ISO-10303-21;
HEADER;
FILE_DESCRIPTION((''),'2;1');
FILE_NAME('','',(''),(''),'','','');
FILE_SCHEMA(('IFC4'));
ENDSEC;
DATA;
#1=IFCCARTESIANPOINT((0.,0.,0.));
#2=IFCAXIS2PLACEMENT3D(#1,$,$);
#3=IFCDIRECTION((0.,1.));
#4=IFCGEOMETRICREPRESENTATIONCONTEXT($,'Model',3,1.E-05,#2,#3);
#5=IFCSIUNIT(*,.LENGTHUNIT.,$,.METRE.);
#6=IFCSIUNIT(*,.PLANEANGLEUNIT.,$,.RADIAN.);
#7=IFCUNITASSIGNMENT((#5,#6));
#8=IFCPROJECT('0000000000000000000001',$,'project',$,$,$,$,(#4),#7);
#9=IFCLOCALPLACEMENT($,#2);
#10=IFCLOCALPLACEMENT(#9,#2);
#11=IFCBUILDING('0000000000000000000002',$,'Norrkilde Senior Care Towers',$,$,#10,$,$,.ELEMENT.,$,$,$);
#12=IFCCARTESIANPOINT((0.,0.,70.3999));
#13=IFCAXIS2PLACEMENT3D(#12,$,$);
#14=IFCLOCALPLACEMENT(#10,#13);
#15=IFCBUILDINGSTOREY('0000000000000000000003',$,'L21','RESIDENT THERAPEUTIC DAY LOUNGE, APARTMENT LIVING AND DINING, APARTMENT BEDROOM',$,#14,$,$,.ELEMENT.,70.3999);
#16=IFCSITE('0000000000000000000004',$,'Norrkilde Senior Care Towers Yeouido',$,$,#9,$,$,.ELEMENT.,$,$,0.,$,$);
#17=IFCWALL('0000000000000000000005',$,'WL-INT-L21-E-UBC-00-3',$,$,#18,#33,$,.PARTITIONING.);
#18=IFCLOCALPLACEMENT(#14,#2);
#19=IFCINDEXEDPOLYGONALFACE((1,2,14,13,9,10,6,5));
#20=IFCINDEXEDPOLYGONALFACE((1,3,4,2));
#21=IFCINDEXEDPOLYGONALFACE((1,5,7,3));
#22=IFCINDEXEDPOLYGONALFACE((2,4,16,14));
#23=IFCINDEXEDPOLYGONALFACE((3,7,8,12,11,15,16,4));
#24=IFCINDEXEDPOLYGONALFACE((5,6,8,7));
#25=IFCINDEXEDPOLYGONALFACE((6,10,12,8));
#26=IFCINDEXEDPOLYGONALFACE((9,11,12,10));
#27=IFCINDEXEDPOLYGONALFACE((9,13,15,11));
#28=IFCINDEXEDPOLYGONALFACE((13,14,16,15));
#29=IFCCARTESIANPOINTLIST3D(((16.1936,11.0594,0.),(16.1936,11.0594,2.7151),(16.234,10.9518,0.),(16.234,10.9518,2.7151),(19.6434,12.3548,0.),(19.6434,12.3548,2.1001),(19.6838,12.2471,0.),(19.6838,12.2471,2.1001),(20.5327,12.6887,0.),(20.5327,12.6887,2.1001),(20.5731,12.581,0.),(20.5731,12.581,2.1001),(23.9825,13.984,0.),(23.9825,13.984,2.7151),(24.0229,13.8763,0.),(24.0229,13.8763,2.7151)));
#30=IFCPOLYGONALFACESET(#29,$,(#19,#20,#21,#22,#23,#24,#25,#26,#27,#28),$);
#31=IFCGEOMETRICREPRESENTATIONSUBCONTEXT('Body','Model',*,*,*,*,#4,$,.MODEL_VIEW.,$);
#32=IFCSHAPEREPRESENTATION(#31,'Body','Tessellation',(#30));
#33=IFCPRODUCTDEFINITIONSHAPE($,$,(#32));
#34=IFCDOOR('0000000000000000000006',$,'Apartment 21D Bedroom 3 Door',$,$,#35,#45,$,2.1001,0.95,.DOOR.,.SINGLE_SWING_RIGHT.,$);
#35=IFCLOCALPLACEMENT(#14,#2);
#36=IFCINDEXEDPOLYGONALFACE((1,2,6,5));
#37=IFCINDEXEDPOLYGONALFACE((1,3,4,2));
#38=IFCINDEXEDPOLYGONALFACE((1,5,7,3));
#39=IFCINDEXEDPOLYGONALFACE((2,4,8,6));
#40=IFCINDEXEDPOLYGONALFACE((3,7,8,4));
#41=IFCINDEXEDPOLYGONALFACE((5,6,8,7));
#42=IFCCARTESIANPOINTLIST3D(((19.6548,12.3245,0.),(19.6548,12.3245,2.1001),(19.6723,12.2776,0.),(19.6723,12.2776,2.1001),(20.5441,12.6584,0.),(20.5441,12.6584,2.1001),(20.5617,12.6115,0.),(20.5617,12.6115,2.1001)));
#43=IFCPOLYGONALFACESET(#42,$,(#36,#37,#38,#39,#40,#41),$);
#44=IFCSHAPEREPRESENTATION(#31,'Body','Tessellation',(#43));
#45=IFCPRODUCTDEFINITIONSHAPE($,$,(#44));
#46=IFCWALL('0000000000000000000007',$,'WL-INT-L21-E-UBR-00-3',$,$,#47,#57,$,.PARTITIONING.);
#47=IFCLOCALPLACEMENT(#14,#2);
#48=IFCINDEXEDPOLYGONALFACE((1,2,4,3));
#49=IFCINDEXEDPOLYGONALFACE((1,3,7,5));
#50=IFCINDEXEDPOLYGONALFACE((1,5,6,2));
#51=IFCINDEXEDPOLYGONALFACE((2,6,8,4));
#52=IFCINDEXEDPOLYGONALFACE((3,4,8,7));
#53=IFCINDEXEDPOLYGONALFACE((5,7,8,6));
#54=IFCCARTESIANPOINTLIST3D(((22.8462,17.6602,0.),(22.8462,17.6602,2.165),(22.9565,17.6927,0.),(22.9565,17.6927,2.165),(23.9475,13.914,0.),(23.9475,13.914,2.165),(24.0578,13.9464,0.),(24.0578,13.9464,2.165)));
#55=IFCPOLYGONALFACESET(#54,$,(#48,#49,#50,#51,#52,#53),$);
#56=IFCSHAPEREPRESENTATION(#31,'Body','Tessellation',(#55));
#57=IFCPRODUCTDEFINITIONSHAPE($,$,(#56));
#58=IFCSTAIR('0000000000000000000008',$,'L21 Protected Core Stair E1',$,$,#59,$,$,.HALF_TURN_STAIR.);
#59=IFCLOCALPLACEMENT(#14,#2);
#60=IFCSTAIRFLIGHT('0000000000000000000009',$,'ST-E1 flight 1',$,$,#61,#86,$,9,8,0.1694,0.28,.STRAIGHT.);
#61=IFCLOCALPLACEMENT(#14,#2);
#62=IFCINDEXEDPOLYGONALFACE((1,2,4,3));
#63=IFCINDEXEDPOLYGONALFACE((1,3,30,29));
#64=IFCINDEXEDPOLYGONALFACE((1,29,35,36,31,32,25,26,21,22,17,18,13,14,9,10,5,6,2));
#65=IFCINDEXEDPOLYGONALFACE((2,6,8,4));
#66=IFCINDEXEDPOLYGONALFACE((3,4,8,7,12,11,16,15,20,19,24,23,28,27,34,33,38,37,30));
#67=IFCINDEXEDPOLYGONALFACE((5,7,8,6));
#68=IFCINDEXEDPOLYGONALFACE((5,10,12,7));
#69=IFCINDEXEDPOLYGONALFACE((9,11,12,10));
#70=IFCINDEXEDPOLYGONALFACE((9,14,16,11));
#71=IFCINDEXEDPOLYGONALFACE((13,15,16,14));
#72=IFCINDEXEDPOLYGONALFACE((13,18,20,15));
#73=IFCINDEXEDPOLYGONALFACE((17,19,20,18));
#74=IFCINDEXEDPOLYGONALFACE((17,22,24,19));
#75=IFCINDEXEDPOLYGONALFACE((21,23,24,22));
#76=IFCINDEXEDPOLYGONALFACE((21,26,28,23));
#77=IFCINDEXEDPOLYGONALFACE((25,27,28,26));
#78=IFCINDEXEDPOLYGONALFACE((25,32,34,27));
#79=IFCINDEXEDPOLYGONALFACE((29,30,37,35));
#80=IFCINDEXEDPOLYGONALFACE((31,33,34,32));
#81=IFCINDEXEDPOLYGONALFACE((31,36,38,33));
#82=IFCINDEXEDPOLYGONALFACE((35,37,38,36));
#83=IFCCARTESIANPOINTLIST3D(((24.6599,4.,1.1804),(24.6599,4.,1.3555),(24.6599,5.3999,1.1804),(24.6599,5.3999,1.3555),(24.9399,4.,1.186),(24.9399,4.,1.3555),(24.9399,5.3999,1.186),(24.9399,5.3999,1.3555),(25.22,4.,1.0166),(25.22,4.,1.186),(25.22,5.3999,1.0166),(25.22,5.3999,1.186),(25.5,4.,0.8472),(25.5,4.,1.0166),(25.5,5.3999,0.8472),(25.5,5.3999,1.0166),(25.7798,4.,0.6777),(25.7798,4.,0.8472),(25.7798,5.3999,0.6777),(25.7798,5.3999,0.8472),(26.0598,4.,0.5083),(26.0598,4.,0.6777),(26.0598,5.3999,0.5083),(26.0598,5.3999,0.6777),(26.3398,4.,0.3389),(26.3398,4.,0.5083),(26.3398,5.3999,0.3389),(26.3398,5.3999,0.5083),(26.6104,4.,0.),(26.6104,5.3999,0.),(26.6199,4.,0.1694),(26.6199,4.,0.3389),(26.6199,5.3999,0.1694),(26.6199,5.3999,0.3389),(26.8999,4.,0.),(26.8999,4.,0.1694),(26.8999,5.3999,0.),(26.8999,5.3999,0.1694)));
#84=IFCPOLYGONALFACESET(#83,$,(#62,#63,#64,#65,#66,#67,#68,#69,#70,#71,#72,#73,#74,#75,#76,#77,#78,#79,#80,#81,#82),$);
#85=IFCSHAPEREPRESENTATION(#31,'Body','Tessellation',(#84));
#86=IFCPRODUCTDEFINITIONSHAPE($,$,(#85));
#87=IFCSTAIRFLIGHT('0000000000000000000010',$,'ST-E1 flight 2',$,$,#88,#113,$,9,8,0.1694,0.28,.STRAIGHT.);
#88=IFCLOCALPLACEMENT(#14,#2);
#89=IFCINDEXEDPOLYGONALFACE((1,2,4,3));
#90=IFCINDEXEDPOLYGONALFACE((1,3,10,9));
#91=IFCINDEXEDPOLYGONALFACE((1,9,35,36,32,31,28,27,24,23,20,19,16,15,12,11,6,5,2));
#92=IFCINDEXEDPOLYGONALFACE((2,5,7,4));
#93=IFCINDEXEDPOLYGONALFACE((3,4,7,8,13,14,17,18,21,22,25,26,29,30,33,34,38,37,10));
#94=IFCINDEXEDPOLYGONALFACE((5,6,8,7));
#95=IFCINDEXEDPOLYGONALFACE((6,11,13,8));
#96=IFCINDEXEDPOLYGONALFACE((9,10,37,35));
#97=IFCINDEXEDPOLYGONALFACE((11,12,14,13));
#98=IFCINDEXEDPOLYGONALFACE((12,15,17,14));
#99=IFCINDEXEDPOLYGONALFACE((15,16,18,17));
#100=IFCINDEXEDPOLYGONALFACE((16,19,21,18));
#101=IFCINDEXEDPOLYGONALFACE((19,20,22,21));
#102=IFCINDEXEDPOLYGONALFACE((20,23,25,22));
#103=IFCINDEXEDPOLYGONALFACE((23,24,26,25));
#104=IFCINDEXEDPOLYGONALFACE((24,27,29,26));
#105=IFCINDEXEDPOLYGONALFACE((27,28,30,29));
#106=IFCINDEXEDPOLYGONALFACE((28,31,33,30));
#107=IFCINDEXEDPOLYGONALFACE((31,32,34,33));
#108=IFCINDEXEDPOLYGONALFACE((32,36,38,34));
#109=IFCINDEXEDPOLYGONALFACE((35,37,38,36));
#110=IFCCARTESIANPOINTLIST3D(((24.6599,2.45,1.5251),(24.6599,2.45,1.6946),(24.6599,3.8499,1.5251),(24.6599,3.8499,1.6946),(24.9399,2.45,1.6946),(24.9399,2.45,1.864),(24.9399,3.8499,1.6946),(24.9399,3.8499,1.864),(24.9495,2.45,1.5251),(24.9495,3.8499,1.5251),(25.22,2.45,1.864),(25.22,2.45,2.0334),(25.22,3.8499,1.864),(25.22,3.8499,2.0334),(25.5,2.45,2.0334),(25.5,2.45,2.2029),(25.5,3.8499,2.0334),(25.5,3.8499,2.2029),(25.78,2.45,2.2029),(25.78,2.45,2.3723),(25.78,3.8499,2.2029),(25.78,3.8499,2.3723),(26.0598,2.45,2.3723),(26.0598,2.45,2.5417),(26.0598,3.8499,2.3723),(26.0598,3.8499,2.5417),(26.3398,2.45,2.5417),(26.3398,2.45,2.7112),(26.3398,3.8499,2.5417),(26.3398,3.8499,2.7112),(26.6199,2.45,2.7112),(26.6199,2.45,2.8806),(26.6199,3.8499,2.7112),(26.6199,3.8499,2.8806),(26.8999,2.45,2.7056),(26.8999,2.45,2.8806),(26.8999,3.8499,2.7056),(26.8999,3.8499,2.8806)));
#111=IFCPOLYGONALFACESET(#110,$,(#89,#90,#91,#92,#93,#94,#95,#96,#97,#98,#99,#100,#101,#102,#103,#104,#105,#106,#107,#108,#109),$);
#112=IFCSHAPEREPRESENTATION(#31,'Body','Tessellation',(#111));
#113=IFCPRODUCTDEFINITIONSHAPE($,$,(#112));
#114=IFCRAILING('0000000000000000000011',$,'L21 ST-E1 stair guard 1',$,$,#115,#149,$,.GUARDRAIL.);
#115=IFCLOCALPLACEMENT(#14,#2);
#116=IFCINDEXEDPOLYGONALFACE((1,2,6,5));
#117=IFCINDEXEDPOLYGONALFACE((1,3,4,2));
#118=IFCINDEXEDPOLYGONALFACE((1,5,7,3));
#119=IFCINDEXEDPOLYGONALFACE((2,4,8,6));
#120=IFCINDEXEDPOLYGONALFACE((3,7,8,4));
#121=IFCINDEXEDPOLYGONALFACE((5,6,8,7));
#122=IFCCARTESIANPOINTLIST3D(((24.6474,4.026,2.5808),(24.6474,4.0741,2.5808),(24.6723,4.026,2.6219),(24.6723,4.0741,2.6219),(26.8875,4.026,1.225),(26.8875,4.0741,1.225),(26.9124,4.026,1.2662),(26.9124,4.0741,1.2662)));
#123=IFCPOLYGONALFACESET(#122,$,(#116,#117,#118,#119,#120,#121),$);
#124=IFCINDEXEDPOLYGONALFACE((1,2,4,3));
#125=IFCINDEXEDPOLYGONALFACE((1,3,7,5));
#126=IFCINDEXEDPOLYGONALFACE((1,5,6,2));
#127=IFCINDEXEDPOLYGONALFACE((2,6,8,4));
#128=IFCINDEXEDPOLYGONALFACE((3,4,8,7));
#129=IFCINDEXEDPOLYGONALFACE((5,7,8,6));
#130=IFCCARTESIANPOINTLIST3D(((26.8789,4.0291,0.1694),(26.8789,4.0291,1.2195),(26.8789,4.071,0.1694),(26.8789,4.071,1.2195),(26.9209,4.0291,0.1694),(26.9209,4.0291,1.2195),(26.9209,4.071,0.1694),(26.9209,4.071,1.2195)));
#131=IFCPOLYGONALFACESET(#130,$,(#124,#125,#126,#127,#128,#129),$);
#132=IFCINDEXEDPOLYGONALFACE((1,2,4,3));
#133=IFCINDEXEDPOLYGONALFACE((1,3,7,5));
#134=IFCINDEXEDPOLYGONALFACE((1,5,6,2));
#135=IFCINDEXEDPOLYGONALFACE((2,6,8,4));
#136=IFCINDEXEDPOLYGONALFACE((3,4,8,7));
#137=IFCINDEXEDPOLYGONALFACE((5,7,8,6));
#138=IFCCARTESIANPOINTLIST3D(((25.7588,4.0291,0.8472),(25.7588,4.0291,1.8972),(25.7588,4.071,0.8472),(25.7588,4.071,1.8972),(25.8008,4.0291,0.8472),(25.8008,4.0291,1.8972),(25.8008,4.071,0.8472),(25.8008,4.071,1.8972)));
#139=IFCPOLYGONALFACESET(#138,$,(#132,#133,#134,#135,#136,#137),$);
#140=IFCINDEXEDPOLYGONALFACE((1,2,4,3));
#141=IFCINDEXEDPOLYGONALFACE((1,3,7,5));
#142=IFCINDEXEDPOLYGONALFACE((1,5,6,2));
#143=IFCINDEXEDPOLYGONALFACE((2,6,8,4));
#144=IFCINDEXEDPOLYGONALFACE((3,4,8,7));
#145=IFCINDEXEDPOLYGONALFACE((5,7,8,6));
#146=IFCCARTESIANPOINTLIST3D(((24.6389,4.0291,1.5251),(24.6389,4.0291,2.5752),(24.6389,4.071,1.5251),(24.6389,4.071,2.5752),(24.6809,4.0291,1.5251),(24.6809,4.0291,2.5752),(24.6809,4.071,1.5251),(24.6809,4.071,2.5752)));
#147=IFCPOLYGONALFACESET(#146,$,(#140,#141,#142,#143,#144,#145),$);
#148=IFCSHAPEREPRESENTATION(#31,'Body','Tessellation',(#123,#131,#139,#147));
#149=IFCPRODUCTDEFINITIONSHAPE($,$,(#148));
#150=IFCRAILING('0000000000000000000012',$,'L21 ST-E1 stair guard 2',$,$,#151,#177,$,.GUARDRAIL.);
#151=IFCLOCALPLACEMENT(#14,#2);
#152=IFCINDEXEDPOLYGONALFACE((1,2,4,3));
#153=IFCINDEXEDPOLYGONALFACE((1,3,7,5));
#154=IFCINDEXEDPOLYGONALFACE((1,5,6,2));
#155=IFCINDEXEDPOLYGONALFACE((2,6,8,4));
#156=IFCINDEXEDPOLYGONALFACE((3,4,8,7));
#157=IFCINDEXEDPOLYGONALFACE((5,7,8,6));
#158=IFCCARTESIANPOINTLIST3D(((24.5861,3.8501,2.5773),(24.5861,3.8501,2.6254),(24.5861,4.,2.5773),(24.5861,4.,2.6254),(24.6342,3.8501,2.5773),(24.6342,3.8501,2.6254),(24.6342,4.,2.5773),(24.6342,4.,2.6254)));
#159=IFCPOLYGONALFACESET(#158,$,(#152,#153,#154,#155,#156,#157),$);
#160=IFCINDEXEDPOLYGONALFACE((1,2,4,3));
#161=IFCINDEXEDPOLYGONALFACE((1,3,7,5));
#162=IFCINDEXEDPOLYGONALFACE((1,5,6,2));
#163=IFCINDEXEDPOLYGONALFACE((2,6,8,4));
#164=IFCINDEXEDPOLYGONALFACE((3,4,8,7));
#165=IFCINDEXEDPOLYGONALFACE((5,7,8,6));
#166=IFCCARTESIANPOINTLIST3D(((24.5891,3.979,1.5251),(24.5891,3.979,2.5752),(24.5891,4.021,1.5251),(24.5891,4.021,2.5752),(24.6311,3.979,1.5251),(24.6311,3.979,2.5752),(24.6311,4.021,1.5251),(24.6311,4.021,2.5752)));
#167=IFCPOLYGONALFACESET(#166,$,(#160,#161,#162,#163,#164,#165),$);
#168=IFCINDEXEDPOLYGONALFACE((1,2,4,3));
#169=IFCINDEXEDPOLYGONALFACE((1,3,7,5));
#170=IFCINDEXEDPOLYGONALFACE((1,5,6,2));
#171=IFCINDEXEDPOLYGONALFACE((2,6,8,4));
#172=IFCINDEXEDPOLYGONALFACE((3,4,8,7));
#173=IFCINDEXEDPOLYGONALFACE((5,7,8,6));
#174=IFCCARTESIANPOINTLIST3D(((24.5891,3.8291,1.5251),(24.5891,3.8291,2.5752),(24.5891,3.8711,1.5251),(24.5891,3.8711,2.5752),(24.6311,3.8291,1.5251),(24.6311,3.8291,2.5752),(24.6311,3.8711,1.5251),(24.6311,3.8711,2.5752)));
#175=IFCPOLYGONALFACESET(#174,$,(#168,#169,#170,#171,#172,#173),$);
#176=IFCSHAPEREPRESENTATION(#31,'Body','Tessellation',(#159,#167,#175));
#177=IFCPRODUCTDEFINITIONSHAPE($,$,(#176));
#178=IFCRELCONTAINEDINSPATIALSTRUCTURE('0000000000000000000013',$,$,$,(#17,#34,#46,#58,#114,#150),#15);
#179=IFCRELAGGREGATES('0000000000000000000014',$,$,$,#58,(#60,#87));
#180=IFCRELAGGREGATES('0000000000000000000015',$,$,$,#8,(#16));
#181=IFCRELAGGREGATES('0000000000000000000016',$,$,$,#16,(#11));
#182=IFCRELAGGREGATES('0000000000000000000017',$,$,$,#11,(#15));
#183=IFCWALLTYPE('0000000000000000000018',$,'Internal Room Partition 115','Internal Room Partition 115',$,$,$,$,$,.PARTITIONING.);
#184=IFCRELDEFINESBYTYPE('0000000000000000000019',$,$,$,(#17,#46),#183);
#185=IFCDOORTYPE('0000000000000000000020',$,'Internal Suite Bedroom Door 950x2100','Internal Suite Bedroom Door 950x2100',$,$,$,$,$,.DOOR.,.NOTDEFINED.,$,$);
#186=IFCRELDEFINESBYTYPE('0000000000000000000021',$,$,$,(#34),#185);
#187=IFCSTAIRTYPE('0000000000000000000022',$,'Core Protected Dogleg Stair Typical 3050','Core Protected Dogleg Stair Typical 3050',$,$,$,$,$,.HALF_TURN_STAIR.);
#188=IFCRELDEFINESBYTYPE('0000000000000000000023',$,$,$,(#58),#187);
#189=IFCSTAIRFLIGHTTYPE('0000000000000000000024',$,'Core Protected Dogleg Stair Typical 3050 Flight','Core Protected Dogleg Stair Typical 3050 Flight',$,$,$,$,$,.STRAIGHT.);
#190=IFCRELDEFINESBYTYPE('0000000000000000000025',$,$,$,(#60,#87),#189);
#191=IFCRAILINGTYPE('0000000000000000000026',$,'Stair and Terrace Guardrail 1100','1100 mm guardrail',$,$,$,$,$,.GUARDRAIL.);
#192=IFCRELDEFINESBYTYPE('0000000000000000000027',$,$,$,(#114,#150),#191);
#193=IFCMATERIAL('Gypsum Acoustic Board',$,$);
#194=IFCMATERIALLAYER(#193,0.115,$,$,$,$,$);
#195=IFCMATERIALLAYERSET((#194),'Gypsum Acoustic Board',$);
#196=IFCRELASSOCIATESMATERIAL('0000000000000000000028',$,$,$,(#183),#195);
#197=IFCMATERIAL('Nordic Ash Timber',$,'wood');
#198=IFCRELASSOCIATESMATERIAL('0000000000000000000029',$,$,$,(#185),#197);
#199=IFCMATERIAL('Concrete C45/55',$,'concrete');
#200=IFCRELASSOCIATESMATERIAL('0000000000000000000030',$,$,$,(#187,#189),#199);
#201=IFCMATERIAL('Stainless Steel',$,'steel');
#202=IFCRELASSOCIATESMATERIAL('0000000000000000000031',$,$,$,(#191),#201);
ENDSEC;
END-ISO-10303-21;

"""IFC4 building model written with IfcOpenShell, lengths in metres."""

from ifc_helpers import new_model, si_unit, direction, frame, frame_2d, origin, origin_2d, place, context, subcontext, project, spatial, polyline, rectangle, outline, extrude, source, transform, mapped, material, layer, layer_set, type_object, type_shapes, element, fill, aggregate, save


model = new_model("IFC4")

# Units and contexts
model_context = context("Model", 3, precision=1e-05, world=origin(), true_north=direction((0.0, 1.0)))
body_context = subcontext(model_context, "Body", "Model", "MODEL_VIEW")
ifc_project = project(units=[si_unit("LENGTHUNIT", "METRE"), si_unit("PLANEANGLEUNIT", "RADIAN")], contexts=[model_context])

# Site, building, storey
site_placement = place(None, origin())
site = spatial("IfcSite", under=ifc_project, at=site_placement, Name="Norrkilde Senior Care Towers Yeouido", CompositionType="ELEMENT", RefElevation=0.0)
building_placement = place(site_placement, origin())
building = spatial("IfcBuilding", under=site, at=building_placement, Name="Norrkilde Senior Care Towers", CompositionType="ELEMENT")
storey_placement = place(building_placement, frame((0.0, 0.0, 70.3999)))
storey = spatial("IfcBuildingStorey", under=building, at=storey_placement, Name="L21", Description="RESIDENT THERAPEUTIC DAY LOUNGE, APARTMENT LIVING AND DINING, APARTMENT BEDROOM", CompositionType="ELEMENT", Elevation=70.3999)

# Shared definitions
ifc_material_1 = material(Name="Concrete C45/55", Category="concrete")

# Shared definitions
ifc_material_2 = material(Name="Stainless Steel", Category="steel")

# Shared definitions
ifc_material_3 = material(Name="Gypsum Acoustic Board")
ifc_layer_1 = layer(ifc_material_3, 0.115)
ifc_layer_set_1 = layer_set([ifc_layer_1], Name="Gypsum Acoustic Board")
wall_type_1 = type_object("IfcWallType", Name="Internal Room Partition 115", Description="Internal Room Partition 115", PredefinedType="PARTITIONING", material=ifc_layer_set_1)

# Wall, opening, door
shared_shape_1 = source(origin(), body_context, "Body", "SweptSolid", [
    extrude(rectangle(XDim=8.3198, YDim=0.115, at=frame_2d((4.1599, 0.0))), origin(), (0.0, 0.0, 1.0), 2.7151),
])
wall_1_placement = place(storey_placement, frame((24.0027, 13.9302, 0.0), z_axis=(0.0, 0.0, 1.0), x_axis=(-0.936181, -0.351519, 0.0)))
wall_1 = element("IfcWall", 1, at=wall_1_placement, inside=storey, type_object=wall_type_1, Name="WL-INT-L21-E-UBC-00-3", PredefinedType="PARTITIONING", context=body_context, shape_type="MappedRepresentation", body=[
    mapped(shared_shape_1, transform((0.0, 0.0, 0.0), x_axis=(1.0, 0.0, 0.0), y_axis=(0.0, 1.0, 0.0), z_axis=(0.0, 0.0, 1.0), scale=1.0)),
])
opening_1_placement = place(wall_1_placement, frame((3.6848, 0.0, 0.0)))
opening_1 = element("IfcOpeningElement", 2, at=opening_1_placement, cuts=wall_1, PredefinedType="OPENING", context=body_context, shape_type="SweptSolid", body=[
    extrude(rectangle(XDim=0.95, YDim=2.1001, at=frame_2d((0.4751, 1.05))), frame((0.0, 0.0674, 0.0), z_axis=(0.0, -1.0, 0.0), x_axis=(1.0, 0.0, 0.0)), (0.0, 0.0, 1.0), 0.135),
])
ifc_material_4 = material(Name="Nordic Ash Timber", Category="wood")
door_type_1 = type_object("IfcDoorType", Name="Internal Suite Bedroom Door 950x2100", Description="Internal Suite Bedroom Door 950x2100", OperationType="NOTDEFINED", PredefinedType="DOOR", material=ifc_material_4)
shared_shape_2 = source(origin(), body_context, "Body", "SweptSolid", [
    extrude(rectangle(XDim=0.95, YDim=2.1001, at=frame_2d((0.4751, 1.05))), frame((0.0, 0.0249, 0.0), z_axis=(0.0, -1.0, 0.0), x_axis=(1.0, 0.0, 0.0)), (0.0, 0.0, 1.0), 0.05),
])
type_shapes(door_type_1, [shared_shape_2])
door_1_placement = place(opening_1_placement, origin())
door_1 = element("IfcDoor", 3, at=door_1_placement, inside=storey, type_object=door_type_1, Name="Apartment 21D Bedroom 3 Door", OperationType="SINGLE_SWING_RIGHT", OverallHeight=2.1001, OverallWidth=0.95, PredefinedType="DOOR", context=body_context, shape_type="MappedRepresentation", body=[
    mapped(shared_shape_2, transform((0.0, 0.0, 0.0), x_axis=(1.0, 0.0, 0.0), y_axis=(0.0, 1.0, 0.0), z_axis=(0.0, 0.0, 1.0), scale=1.0)),
])
fill(opening_1, door_1)

# Wall
shared_shape_3 = source(origin(), body_context, "Body", "SweptSolid", [
    extrude(rectangle(XDim=3.9048, YDim=0.115, at=frame_2d((1.9524, 0.0))), origin(), (0.0, 0.0, 1.0), 2.165),
])
wall_2_placement = place(storey_placement, frame((24.0027, 13.9302, 0.0), z_axis=(0.0, 0.0, 1.0), x_axis=(-0.282038, 0.959403, 0.0)))
element("IfcWall", 4, at=wall_2_placement, inside=storey, type_object=wall_type_1, Name="WL-INT-L21-E-UBR-00-3", PredefinedType="PARTITIONING", context=body_context, shape_type="MappedRepresentation", body=[
    mapped(shared_shape_3, transform((0.0, 0.0, 0.0), x_axis=(1.0, 0.0, 0.0), y_axis=(0.0, 1.0, 0.0), z_axis=(0.0, 0.0, 1.0), scale=1.0)),
])

# Stair, stair flights
stair_type = type_object("IfcStairType", Name="Core Protected Dogleg Stair Typical 3050", Description="Core Protected Dogleg Stair Typical 3050", PredefinedType="HALF_TURN_STAIR", material=ifc_material_1)
stair_placement = place(storey_placement, origin())
stair = element("IfcStair", 5, at=stair_placement, inside=storey, type_object=stair_type, Name="L21 Protected Core Stair E1", PredefinedType="HALF_TURN_STAIR")
stair_flight_type = type_object("IfcStairFlightType", Name="Core Protected Dogleg Stair Typical 3050 Flight", Description="Core Protected Dogleg Stair Typical 3050 Flight", PredefinedType="STRAIGHT", material=ifc_material_1)
stair_flight_1_placement = place(storey_placement, frame((26.8999, 4.7, 0.0), z_axis=(0.0, 0.0, 1.0), x_axis=(-1.0, 0.0, 0.0)))
stair_flight_1 = element("IfcStairFlight", 6, at=stair_flight_1_placement, type_object=stair_flight_type, Name="ST-E1 flight 1", NumberOfRisers=9, NumberOfTreads=8, PredefinedType="STRAIGHT", RiserHeight=0.1694, TreadLength=0.28, context=body_context, shape_type="SweptSolid", body=[
    extrude(outline(polyline([(0.0, 0.0), (0.0, 0.1694), (0.28, 0.1694), (0.28, 0.3389), (0.5601, 0.3389), (0.5601, 0.5083), (0.8401, 0.5083), (0.8401, 0.6777), (1.1201, 0.6777), (1.1201, 0.8472), (1.3999, 0.8472), (1.3999, 1.0166), (1.6799, 1.0166), (1.6799, 1.186), (1.96, 1.186), (1.96, 1.3555), (2.24, 1.3555), (2.24, 1.5249), (2.24, 1.1804), (0.2896, 0.0), (0.0, 0.0)])), frame((0.0, 0.7, 0.0), z_axis=(0.0, -1.0, 0.0), x_axis=(1.0, 0.0, 0.0)), (0.0, 0.0, 1.0), 1.3999),
])
stair_flight_2_placement = place(storey_placement, frame((24.6599, 3.1499, 1.5251), z_axis=(0.0, 0.0, 1.0), x_axis=(1.0, 0.0, 0.0)))
stair_flight_2 = element("IfcStairFlight", 7, at=stair_flight_2_placement, type_object=stair_flight_type, Name="ST-E1 flight 2", NumberOfRisers=9, NumberOfTreads=8, PredefinedType="STRAIGHT", RiserHeight=0.1694, TreadLength=0.28, context=body_context, shape_type="SweptSolid", body=[
    extrude(outline(polyline([(0.0, 0.0), (0.0, 0.1694), (0.28, 0.1694), (0.28, 0.3389), (0.5601, 0.3389), (0.5601, 0.5083), (0.8401, 0.5083), (0.8401, 0.6777), (1.1201, 0.6777), (1.1201, 0.8472), (1.3999, 0.8472), (1.3999, 1.0166), (1.6799, 1.0166), (1.6799, 1.186), (1.96, 1.186), (1.96, 1.3555), (2.24, 1.3555), (2.24, 1.5249), (2.24, 1.1804), (0.2896, 0.0), (0.0, 0.0)])), frame((0.0, 0.7, 0.0), z_axis=(0.0, -1.0, 0.0), x_axis=(1.0, 0.0, 0.0)), (0.0, 0.0, 1.0), 1.3999),
])
aggregate(stair, [stair_flight_1, stair_flight_2])

# Railings
railing_type_1 = type_object("IfcRailingType", Name="Stair and Terrace Guardrail 1100", Description="1100 mm guardrail", PredefinedType="GUARDRAIL", material=ifc_material_2)
railing_1_placement = place(storey_placement, frame((26.8999, 4.05, 0.1694)))
element("IfcRailing", 8, at=railing_1_placement, inside=storey, type_object=railing_type_1, Name="L21 ST-E1 stair guard 1", PredefinedType="GUARDRAIL", context=body_context, shape_type="SweptSolid", body=[
    extrude(rectangle(XDim=0.0481, YDim=0.0481, at=origin_2d()), frame((0.0, 0.0, 1.0762), z_axis=(-0.855512, 0.0, 0.517783), x_axis=(0.0, -1.0, 0.0)), (0.0, 0.0, 1.0), 2.6184),
    extrude(rectangle(XDim=0.042, YDim=0.042, at=origin_2d()), origin(), (0.0, 0.0, 1.0), 1.05),
    extrude(rectangle(XDim=0.042, YDim=0.042, at=origin_2d()), frame((-1.1201, 0.0, 0.6777)), (0.0, 0.0, 1.0), 1.05),
    extrude(rectangle(XDim=0.042, YDim=0.042, at=origin_2d()), frame((-2.24, 0.0, 1.3557)), (0.0, 0.0, 1.0), 1.05),
])
railing_2_placement = place(storey_placement, frame((24.6101, 4.0, 1.5251)))
element("IfcRailing", 9, at=railing_2_placement, inside=storey, type_object=railing_type_1, Name="L21 ST-E1 stair guard 2", PredefinedType="GUARDRAIL", context=body_context, shape_type="SweptSolid", body=[
    extrude(rectangle(XDim=0.0481, YDim=0.0481, at=origin_2d()), frame((0.0, 0.0, 1.0762), z_axis=(0.0, -1.0, 0.0), x_axis=(1.0, 0.0, 0.0)), (0.0, 0.0, 1.0), 0.1499),
    extrude(rectangle(XDim=0.042, YDim=0.042, at=origin_2d()), origin(), (0.0, 0.0, 1.0), 1.05),
    extrude(rectangle(XDim=0.042, YDim=0.042, at=origin_2d()), frame((0.0, -0.1499, 0.0)), (0.0, 0.0, 1.0), 1.05),
])

save(model, "model.ifc")
